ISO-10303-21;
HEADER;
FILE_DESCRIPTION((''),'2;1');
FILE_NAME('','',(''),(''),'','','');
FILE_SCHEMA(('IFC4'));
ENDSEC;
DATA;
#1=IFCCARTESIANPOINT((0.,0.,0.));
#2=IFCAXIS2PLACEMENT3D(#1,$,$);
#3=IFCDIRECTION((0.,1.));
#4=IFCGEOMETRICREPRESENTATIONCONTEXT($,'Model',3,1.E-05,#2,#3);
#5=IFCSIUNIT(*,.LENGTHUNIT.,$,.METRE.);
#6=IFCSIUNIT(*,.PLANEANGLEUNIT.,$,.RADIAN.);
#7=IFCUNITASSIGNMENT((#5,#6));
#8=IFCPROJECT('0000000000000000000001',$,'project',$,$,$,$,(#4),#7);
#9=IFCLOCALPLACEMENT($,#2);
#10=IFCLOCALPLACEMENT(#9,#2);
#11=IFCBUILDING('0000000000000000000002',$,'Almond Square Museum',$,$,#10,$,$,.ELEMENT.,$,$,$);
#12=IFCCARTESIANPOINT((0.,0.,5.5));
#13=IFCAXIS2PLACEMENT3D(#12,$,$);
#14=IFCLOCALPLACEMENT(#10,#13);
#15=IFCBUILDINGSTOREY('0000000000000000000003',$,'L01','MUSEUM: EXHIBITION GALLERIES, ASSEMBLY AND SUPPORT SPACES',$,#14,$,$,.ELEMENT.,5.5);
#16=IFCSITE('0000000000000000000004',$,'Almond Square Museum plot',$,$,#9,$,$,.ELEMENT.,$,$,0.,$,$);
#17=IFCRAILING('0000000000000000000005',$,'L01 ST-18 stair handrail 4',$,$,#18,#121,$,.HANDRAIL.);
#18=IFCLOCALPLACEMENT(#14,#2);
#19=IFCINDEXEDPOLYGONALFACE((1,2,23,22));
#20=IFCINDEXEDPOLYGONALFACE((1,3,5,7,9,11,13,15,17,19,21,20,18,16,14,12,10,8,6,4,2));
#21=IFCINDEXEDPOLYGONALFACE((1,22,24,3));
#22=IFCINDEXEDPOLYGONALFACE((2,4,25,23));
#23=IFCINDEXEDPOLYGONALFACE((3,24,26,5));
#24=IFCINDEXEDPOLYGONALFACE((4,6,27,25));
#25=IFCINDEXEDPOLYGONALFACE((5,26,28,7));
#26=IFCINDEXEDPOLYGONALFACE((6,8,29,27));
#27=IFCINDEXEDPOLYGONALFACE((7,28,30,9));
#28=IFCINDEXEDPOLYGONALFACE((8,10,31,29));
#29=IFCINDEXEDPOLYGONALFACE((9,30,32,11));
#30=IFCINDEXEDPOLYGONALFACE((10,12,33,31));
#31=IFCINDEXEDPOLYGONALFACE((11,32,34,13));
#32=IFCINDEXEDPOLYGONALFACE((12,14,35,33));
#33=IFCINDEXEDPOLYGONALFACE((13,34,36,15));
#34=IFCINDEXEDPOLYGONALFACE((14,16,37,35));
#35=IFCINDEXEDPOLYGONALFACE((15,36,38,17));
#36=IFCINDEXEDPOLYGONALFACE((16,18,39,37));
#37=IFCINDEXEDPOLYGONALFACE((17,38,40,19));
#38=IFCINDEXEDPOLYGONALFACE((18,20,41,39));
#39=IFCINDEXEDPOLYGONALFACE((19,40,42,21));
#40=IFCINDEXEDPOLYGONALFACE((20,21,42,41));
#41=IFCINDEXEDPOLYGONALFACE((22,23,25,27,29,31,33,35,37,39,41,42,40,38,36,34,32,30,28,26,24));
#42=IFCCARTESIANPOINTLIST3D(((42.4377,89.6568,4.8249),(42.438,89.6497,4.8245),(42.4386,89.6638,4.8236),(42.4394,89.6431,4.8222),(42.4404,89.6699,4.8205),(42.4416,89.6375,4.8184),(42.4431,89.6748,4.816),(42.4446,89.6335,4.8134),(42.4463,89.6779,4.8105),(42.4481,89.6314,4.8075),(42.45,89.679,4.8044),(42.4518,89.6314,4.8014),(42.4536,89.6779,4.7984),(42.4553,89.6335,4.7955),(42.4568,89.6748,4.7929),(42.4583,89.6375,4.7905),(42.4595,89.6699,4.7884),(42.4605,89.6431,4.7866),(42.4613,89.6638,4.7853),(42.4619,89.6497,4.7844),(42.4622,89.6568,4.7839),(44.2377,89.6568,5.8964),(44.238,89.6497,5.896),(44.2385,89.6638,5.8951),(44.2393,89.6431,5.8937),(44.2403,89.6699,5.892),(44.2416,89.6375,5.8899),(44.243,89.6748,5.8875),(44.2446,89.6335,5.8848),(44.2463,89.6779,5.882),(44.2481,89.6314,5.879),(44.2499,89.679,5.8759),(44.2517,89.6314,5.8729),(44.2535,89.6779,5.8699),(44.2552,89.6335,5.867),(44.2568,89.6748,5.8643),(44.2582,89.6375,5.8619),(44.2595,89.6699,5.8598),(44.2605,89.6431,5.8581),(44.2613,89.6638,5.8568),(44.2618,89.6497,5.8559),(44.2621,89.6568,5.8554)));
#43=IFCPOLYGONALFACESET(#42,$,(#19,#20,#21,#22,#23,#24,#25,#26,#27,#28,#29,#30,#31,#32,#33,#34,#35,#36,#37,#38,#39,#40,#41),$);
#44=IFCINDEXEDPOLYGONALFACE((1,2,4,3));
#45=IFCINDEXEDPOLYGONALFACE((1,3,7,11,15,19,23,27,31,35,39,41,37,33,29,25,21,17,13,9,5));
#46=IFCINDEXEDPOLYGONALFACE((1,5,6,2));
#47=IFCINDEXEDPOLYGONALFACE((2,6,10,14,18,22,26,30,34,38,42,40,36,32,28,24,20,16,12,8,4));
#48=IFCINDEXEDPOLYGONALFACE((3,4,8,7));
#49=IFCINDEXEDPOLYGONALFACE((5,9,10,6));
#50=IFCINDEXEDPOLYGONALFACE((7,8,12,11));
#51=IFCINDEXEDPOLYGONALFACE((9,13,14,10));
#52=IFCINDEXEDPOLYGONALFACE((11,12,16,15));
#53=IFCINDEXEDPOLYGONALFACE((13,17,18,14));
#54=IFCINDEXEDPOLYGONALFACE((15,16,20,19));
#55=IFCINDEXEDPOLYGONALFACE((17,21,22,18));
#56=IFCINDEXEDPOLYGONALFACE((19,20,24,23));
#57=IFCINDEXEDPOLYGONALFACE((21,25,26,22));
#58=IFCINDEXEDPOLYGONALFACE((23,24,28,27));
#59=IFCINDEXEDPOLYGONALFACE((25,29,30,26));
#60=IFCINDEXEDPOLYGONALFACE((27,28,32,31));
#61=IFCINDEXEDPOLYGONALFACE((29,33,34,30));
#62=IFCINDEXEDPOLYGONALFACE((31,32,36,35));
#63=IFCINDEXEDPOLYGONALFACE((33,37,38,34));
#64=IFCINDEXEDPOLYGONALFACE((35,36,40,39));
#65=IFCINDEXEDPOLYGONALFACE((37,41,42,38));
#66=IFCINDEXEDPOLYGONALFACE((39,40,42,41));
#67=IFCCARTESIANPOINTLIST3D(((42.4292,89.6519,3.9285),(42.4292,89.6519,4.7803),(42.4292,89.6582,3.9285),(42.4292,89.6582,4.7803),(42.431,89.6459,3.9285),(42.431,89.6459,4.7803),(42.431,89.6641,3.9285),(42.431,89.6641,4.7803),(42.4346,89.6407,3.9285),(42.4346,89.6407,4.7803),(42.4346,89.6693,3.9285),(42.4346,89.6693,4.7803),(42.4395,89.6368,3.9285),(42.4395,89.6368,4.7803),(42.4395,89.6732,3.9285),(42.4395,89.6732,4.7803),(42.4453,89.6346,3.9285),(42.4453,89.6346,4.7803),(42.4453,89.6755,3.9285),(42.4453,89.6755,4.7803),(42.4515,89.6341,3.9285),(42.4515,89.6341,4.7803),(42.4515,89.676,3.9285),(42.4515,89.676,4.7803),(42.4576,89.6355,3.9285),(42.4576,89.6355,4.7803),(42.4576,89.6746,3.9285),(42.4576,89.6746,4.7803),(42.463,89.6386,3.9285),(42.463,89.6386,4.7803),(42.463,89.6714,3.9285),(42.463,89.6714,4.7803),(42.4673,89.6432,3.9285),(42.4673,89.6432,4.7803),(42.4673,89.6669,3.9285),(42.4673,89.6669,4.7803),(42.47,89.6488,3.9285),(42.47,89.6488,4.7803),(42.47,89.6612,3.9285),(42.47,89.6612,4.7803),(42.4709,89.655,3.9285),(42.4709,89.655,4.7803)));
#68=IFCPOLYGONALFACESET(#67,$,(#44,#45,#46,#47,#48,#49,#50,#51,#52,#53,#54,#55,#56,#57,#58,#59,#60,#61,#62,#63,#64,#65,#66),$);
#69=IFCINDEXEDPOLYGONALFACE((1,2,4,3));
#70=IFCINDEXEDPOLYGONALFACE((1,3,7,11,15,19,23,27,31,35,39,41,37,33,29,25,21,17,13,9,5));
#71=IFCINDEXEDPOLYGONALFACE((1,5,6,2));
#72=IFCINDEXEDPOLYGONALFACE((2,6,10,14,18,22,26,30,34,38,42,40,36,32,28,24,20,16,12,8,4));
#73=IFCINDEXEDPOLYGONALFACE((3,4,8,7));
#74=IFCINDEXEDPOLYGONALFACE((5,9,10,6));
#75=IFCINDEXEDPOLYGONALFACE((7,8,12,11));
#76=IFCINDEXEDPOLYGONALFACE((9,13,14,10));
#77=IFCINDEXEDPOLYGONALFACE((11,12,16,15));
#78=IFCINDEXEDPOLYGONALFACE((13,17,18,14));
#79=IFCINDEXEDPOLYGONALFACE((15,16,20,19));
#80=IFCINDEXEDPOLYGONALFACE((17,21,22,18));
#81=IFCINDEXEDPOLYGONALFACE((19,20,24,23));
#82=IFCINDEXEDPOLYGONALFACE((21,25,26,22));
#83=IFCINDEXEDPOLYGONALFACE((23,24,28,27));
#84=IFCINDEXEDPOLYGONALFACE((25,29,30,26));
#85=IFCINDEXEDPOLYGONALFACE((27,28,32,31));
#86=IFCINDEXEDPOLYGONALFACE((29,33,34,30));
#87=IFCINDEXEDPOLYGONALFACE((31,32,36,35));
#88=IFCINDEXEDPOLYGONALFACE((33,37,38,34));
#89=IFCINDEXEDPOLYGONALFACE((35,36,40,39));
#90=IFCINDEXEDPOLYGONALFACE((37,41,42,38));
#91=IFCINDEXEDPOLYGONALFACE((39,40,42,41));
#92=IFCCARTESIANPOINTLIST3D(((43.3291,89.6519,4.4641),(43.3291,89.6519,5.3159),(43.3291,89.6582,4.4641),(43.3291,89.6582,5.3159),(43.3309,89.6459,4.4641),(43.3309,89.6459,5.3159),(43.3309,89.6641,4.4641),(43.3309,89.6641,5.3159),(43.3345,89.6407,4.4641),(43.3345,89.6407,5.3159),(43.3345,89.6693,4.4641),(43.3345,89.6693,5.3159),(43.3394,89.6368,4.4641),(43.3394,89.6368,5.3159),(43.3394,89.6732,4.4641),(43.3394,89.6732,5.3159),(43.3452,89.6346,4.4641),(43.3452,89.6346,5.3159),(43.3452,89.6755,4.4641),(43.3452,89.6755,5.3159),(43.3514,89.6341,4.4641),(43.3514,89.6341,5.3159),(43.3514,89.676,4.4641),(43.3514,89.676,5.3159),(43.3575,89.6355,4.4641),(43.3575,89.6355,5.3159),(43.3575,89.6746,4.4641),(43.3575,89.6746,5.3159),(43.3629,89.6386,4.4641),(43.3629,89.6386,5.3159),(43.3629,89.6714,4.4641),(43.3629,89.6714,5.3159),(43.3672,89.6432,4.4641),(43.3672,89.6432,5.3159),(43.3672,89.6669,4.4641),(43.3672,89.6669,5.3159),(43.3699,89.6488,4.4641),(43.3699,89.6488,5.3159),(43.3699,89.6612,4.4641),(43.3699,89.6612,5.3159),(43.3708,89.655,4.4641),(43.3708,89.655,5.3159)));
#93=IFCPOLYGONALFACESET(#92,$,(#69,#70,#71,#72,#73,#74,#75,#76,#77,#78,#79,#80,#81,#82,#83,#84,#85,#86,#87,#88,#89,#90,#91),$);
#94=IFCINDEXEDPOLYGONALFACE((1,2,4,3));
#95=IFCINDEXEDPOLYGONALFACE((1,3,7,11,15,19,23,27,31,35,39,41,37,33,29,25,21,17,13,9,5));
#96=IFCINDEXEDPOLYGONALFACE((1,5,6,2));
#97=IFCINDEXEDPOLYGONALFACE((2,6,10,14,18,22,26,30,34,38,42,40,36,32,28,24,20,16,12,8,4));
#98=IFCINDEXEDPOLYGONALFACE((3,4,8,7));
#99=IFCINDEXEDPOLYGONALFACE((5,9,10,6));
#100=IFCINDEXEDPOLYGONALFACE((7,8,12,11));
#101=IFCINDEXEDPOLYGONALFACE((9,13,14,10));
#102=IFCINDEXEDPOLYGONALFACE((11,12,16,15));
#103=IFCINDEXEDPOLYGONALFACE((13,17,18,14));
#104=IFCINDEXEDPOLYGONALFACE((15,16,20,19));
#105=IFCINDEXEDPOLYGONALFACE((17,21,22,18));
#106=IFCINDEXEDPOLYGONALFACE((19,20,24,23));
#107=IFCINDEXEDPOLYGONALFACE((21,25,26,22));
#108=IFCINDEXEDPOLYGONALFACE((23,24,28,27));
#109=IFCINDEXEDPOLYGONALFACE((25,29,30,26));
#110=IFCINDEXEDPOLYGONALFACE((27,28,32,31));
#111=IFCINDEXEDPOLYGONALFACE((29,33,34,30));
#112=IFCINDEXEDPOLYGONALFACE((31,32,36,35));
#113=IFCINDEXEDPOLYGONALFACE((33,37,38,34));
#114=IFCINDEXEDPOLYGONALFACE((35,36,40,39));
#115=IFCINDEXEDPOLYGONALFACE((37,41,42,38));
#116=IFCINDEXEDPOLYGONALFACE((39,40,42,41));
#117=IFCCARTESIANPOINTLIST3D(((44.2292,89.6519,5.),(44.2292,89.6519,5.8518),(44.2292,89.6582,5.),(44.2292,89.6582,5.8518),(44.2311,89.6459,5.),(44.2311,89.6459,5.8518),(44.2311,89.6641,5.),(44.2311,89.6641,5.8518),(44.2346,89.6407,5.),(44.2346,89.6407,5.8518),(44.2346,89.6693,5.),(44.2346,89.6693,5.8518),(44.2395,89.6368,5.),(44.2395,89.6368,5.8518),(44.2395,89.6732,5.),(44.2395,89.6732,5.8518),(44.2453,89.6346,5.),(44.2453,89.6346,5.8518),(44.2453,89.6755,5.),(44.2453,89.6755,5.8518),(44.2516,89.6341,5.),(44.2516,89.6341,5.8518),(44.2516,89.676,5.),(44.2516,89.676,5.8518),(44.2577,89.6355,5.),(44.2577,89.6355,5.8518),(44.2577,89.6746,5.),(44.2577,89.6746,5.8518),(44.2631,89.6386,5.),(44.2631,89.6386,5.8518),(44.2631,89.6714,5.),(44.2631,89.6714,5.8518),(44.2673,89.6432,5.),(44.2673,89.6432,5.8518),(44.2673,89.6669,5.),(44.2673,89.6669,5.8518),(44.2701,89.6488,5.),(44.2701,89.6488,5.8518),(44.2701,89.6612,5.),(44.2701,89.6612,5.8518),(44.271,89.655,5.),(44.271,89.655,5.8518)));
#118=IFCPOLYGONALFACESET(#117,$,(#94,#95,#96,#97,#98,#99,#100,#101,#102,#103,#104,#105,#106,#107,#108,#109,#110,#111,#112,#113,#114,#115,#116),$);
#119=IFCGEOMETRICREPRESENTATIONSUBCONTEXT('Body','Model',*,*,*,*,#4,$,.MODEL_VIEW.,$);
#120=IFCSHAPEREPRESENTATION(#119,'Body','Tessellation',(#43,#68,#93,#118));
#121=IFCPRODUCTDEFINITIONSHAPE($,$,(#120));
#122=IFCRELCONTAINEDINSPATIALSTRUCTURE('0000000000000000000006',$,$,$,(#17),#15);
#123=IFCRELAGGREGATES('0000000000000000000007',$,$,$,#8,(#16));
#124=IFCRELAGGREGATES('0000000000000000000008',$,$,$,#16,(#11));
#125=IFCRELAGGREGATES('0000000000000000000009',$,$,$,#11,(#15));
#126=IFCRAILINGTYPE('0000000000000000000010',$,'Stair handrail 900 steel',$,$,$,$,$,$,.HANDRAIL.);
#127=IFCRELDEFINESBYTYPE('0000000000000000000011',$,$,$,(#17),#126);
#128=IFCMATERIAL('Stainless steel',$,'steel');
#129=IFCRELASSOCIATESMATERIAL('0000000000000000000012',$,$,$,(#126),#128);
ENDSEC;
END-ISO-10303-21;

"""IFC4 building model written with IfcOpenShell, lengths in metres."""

from ifc_helpers import new_model, si_unit, direction, frame, origin, origin_2d, place, context, subcontext, project, spatial, circle, extrude, material, type_object, element, save


model = new_model("IFC4")

# Units and contexts
model_context = context("Model", 3, precision=1e-05, world=origin(), true_north=direction((0.0, 1.0)))
body_context = subcontext(model_context, "Body", "Model", "MODEL_VIEW")
ifc_project = project(units=[si_unit("LENGTHUNIT", "METRE"), si_unit("PLANEANGLEUNIT", "RADIAN")], contexts=[model_context])

# Site, building, storey
site_placement = place(None, origin())
site = spatial("IfcSite", under=ifc_project, at=site_placement, Name="Almond Square Museum plot", CompositionType="ELEMENT", RefElevation=0.0)
building_placement = place(site_placement, origin())
building = spatial("IfcBuilding", under=site, at=building_placement, Name="Almond Square Museum", CompositionType="ELEMENT")
storey_placement = place(building_placement, frame((0.0, 0.0, 5.5)))
storey = spatial("IfcBuildingStorey", under=building, at=storey_placement, Name="L01", Description="MUSEUM: EXHIBITION GALLERIES, ASSEMBLY AND SUPPORT SPACES", CompositionType="ELEMENT", Elevation=5.5)

# Railing
ifc_material_1 = material(Name="Stainless steel", Category="steel")
railing_type_1 = type_object("IfcRailingType", Name="Stair handrail 900 steel", PredefinedType="HANDRAIL", material=ifc_material_1)
railing_1_placement = place(storey_placement, frame((42.45, 89.655, 3.9285)))
element("IfcRailing", 1, at=railing_1_placement, inside=storey, type_object=railing_type_1, Name="L01 ST-18 stair handrail 4", PredefinedType="HANDRAIL", context=body_context, shape_type="SweptSolid", body=[
    extrude(circle(Radius=0.0239, at=origin_2d()), frame((0.0, 0.0, 0.876), z_axis=(0.859277, 0.0, 0.51151), x_axis=(0.0, 1.0, 0.0)), (0.0, 0.0, 1.0), 2.0947),
    extrude(circle(Radius=0.021, at=origin_2d()), origin(), (0.0, 0.0, 1.0), 0.8518),
    extrude(circle(Radius=0.021, at=origin_2d()), frame((0.8999, 0.0, 0.5356)), (0.0, 0.0, 1.0), 0.8518),
    extrude(circle(Radius=0.021, at=origin_2d()), frame((1.8, 0.0, 1.0715)), (0.0, 0.0, 1.0), 0.8518),
])

save(model, "model.ifc")
